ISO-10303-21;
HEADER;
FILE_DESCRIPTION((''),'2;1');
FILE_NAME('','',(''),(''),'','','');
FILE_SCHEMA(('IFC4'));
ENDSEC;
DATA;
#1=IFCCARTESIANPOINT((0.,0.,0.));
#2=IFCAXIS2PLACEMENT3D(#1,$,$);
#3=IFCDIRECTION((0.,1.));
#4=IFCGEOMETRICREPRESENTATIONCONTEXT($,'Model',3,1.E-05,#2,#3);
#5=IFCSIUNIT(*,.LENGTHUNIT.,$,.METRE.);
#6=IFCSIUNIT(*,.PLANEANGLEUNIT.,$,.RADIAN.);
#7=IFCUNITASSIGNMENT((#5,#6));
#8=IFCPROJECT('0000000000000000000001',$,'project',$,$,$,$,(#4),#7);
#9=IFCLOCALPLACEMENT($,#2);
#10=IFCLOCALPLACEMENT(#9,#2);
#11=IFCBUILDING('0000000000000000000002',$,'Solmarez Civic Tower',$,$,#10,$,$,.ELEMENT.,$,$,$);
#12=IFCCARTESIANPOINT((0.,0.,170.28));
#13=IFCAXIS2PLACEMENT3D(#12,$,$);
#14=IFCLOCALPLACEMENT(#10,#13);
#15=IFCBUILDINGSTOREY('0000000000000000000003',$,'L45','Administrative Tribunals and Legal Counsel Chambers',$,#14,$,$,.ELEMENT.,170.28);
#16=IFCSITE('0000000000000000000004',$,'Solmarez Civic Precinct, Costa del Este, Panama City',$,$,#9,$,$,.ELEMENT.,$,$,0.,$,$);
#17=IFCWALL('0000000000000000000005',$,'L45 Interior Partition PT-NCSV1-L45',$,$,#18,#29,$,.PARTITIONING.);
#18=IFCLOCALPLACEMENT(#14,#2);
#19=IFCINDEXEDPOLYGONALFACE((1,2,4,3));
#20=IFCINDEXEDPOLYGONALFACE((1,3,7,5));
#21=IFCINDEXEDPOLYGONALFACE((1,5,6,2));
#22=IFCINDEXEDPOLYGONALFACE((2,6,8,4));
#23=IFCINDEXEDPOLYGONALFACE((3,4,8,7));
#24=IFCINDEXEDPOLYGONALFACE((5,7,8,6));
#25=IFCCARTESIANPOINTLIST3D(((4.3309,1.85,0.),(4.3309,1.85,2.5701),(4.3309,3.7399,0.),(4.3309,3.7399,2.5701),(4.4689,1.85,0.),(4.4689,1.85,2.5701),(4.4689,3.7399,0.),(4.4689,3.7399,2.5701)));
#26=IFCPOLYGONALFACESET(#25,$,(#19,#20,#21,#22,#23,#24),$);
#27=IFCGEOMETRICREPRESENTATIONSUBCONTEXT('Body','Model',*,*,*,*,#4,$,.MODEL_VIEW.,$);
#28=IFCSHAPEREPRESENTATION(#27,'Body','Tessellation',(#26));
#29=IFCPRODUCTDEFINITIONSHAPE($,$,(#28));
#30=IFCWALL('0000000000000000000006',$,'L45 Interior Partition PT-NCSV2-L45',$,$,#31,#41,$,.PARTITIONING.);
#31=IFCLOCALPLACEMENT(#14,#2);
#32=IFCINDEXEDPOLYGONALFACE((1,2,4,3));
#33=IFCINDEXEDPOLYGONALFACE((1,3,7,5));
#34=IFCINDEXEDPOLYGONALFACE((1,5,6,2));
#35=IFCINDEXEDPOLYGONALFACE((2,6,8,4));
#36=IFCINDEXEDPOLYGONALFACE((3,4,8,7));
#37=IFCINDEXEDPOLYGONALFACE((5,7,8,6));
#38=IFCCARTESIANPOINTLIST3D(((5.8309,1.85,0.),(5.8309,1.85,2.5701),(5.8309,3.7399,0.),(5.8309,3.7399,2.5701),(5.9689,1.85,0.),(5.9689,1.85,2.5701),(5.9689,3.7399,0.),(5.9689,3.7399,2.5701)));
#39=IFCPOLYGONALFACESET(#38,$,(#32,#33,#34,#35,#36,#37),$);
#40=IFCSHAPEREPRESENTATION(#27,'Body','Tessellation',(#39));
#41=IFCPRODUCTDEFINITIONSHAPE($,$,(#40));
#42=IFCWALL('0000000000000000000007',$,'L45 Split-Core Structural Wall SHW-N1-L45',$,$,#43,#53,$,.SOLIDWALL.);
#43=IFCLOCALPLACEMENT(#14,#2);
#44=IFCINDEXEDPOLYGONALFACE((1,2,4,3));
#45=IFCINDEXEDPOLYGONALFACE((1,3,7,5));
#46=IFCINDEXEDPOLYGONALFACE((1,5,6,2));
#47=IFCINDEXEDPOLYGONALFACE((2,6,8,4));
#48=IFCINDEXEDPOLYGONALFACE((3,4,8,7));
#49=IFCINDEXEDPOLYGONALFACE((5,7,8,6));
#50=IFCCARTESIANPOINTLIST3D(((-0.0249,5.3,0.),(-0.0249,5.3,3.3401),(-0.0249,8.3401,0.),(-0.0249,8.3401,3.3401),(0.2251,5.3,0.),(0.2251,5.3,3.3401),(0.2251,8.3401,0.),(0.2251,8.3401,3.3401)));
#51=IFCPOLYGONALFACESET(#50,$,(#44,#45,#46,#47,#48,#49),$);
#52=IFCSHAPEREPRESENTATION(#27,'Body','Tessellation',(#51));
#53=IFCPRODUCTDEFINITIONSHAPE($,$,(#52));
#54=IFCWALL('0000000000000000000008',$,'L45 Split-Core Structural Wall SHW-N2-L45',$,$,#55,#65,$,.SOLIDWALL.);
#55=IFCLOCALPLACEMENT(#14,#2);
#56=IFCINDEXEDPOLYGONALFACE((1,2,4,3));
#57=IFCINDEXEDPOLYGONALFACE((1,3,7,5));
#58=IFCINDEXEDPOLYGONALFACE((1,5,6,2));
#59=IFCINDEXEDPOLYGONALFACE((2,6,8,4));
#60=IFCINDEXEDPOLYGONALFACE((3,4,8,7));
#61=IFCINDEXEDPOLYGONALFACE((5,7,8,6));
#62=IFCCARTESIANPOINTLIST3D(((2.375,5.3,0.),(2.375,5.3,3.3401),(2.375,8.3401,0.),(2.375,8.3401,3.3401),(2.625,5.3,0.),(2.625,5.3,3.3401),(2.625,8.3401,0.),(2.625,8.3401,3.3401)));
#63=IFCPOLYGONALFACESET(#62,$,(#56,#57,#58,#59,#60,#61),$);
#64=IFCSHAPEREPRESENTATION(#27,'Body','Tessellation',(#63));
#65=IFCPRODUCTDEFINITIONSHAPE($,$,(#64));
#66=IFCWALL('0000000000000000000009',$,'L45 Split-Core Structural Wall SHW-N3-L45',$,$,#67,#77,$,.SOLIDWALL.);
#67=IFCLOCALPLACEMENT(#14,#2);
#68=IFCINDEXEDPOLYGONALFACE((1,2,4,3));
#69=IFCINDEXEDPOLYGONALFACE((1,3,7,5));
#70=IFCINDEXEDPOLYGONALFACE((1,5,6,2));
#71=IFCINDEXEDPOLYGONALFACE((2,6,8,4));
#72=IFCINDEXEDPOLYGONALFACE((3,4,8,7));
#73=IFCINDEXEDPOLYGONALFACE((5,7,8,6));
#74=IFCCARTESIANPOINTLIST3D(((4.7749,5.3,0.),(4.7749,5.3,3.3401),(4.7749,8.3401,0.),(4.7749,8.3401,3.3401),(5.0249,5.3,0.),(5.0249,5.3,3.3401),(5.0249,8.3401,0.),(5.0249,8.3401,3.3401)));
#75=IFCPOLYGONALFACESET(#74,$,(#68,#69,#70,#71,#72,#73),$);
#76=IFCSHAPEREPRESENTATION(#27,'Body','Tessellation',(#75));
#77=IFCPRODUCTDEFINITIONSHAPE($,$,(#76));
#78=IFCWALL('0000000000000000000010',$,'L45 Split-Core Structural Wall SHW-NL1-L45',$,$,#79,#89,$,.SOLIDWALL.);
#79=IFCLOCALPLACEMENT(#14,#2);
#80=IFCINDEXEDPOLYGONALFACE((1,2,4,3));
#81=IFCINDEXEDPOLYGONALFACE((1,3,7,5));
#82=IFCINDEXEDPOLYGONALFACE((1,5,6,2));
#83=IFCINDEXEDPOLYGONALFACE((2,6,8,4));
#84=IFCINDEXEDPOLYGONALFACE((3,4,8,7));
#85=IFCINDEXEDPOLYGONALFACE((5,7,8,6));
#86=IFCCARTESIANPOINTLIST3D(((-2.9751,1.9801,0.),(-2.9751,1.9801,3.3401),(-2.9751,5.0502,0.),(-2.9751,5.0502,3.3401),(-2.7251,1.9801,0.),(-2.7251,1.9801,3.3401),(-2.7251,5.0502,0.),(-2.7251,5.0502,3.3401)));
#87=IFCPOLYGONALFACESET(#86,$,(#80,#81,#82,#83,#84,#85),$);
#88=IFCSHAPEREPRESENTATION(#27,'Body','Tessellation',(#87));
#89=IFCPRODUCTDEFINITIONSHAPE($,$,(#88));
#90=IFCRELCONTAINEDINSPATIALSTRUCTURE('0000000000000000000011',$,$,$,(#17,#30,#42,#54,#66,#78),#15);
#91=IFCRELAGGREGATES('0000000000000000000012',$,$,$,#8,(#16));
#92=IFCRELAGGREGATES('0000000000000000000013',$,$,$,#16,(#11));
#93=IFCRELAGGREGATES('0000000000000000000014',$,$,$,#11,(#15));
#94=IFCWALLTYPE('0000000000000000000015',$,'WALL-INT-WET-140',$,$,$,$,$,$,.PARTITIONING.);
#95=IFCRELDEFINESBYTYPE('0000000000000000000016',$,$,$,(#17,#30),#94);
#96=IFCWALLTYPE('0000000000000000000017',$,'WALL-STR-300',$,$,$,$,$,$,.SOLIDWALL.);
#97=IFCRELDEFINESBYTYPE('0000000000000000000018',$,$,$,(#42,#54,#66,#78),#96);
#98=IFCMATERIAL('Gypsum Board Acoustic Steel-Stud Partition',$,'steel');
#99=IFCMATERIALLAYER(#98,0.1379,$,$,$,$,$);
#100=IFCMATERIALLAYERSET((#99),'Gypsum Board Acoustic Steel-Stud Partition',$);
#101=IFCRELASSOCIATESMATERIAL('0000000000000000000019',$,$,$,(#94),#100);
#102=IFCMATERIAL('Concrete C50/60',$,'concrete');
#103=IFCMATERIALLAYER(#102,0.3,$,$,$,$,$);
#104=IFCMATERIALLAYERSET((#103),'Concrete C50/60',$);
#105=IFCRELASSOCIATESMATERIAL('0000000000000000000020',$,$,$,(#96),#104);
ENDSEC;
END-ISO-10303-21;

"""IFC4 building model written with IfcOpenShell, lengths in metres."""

from ifc_helpers import new_model, si_unit, direction, frame, frame_2d, origin, place, context, subcontext, project, spatial, rectangle, extrude, material, layer, layer_set, type_object, element, save


model = new_model("IFC4")

# Units and contexts
model_context = context("Model", 3, precision=1e-05, world=origin(), true_north=direction((0.0, 1.0)))
body_context = subcontext(model_context, "Body", "Model", "MODEL_VIEW")
ifc_project = project(units=[si_unit("LENGTHUNIT", "METRE"), si_unit("PLANEANGLEUNIT", "RADIAN")], contexts=[model_context])

# Site, building, storey
site_placement = place(None, origin())
site = spatial("IfcSite", under=ifc_project, at=site_placement, Name="Solmarez Civic Precinct, Costa del Este, Panama City", CompositionType="ELEMENT", RefElevation=0.0)
building_placement = place(site_placement, origin())
building = spatial("IfcBuilding", under=site, at=building_placement, Name="Solmarez Civic Tower", CompositionType="ELEMENT")
storey_placement = place(building_placement, frame((0.0, 0.0, 170.28)))
storey = spatial("IfcBuildingStorey", under=building, at=storey_placement, Name="L45", Description="Administrative Tribunals and Legal Counsel Chambers", CompositionType="ELEMENT", Elevation=170.28)

# Shared definitions
ifc_material_1 = material(Name="Concrete C50/60", Category="concrete")

# Shared definitions
ifc_material_2 = material(Name="Gypsum Board Acoustic Steel-Stud Partition", Category="steel")

# Walls
ifc_layer_1 = layer(ifc_material_2, 0.1379)
ifc_layer_set_1 = layer_set([ifc_layer_1], Name="Gypsum Board Acoustic Steel-Stud Partition")
wall_type_1 = type_object("IfcWallType", Name="WALL-INT-WET-140", PredefinedType="PARTITIONING", material=ifc_layer_set_1)
for number, where, z_axis, x_axis, name in (
    (1, (4.3999, 1.8501, 0.0), (0.0, 0.0, 1.0), (0.0, 1.0, 0.0), "L45 Interior Partition PT-NCSV1-L45"),
    (2, (5.8999, 1.8501, 0.0), (0.0, 0.0, 1.0), (0.0, 1.0, 0.0), "L45 Interior Partition PT-NCSV2-L45"),
):
    element("IfcWall", number, at=place(storey_placement, frame(where, z_axis=z_axis, x_axis=x_axis)), inside=storey, type_object=wall_type_1, Name=name, PredefinedType="PARTITIONING", context=body_context, shape_type="SweptSolid", body=[
        extrude(rectangle(XDim=1.8899, YDim=0.1379, at=frame_2d((0.9448, 0.0))), origin(), (0.0, 0.0, 1.0), 2.5701),
    ])

# Shared definitions
ifc_layer_2 = layer(ifc_material_1, 0.3)
ifc_layer_set_2 = layer_set([ifc_layer_2], Name="Concrete C50/60")
wall_type_2 = type_object("IfcWallType", Name="WALL-STR-300", PredefinedType="SOLIDWALL", material=ifc_layer_set_2)

# Walls
for number, where, z_axis, x_axis, name in (
    (3, (0.1001, 5.3, 0.0), (0.0, 0.0, 1.0), (0.0, 1.0, 0.0), "L45 Split-Core Structural Wall SHW-N1-L45"),
    (4, (2.5, 5.3, 0.0), (0.0, 0.0, 1.0), (0.0, 1.0, 0.0), "L45 Split-Core Structural Wall SHW-N2-L45"),
    (5, (4.8999, 5.3, 0.0), (0.0, 0.0, 1.0), (0.0, 1.0, 0.0), "L45 Split-Core Structural Wall SHW-N3-L45"),
):
    element("IfcWall", number, at=place(storey_placement, frame(where, z_axis=z_axis, x_axis=x_axis)), inside=storey, type_object=wall_type_2, Name=name, PredefinedType="SOLIDWALL", context=body_context, shape_type="SweptSolid", body=[
        extrude(rectangle(XDim=3.04, YDim=0.25, at=frame_2d((1.52, 0.0))), origin(), (0.0, 0.0, 1.0), 3.3401),
    ])
wall_1_placement = place(storey_placement, frame((-2.8501, 1.98, 0.0), z_axis=(0.0, 0.0, 1.0), x_axis=(0.0, 1.0, 0.0)))
element("IfcWall", 6, at=wall_1_placement, inside=storey, type_object=wall_type_2, Name="L45 Split-Core Structural Wall SHW-NL1-L45", PredefinedType="SOLIDWALL", context=body_context, shape_type="SweptSolid", body=[
    extrude(rectangle(XDim=3.0701, YDim=0.25, at=frame_2d((1.5352, 0.0))), origin(), (0.0, 0.0, 1.0), 3.3401),
])

save(model, "model.ifc")
